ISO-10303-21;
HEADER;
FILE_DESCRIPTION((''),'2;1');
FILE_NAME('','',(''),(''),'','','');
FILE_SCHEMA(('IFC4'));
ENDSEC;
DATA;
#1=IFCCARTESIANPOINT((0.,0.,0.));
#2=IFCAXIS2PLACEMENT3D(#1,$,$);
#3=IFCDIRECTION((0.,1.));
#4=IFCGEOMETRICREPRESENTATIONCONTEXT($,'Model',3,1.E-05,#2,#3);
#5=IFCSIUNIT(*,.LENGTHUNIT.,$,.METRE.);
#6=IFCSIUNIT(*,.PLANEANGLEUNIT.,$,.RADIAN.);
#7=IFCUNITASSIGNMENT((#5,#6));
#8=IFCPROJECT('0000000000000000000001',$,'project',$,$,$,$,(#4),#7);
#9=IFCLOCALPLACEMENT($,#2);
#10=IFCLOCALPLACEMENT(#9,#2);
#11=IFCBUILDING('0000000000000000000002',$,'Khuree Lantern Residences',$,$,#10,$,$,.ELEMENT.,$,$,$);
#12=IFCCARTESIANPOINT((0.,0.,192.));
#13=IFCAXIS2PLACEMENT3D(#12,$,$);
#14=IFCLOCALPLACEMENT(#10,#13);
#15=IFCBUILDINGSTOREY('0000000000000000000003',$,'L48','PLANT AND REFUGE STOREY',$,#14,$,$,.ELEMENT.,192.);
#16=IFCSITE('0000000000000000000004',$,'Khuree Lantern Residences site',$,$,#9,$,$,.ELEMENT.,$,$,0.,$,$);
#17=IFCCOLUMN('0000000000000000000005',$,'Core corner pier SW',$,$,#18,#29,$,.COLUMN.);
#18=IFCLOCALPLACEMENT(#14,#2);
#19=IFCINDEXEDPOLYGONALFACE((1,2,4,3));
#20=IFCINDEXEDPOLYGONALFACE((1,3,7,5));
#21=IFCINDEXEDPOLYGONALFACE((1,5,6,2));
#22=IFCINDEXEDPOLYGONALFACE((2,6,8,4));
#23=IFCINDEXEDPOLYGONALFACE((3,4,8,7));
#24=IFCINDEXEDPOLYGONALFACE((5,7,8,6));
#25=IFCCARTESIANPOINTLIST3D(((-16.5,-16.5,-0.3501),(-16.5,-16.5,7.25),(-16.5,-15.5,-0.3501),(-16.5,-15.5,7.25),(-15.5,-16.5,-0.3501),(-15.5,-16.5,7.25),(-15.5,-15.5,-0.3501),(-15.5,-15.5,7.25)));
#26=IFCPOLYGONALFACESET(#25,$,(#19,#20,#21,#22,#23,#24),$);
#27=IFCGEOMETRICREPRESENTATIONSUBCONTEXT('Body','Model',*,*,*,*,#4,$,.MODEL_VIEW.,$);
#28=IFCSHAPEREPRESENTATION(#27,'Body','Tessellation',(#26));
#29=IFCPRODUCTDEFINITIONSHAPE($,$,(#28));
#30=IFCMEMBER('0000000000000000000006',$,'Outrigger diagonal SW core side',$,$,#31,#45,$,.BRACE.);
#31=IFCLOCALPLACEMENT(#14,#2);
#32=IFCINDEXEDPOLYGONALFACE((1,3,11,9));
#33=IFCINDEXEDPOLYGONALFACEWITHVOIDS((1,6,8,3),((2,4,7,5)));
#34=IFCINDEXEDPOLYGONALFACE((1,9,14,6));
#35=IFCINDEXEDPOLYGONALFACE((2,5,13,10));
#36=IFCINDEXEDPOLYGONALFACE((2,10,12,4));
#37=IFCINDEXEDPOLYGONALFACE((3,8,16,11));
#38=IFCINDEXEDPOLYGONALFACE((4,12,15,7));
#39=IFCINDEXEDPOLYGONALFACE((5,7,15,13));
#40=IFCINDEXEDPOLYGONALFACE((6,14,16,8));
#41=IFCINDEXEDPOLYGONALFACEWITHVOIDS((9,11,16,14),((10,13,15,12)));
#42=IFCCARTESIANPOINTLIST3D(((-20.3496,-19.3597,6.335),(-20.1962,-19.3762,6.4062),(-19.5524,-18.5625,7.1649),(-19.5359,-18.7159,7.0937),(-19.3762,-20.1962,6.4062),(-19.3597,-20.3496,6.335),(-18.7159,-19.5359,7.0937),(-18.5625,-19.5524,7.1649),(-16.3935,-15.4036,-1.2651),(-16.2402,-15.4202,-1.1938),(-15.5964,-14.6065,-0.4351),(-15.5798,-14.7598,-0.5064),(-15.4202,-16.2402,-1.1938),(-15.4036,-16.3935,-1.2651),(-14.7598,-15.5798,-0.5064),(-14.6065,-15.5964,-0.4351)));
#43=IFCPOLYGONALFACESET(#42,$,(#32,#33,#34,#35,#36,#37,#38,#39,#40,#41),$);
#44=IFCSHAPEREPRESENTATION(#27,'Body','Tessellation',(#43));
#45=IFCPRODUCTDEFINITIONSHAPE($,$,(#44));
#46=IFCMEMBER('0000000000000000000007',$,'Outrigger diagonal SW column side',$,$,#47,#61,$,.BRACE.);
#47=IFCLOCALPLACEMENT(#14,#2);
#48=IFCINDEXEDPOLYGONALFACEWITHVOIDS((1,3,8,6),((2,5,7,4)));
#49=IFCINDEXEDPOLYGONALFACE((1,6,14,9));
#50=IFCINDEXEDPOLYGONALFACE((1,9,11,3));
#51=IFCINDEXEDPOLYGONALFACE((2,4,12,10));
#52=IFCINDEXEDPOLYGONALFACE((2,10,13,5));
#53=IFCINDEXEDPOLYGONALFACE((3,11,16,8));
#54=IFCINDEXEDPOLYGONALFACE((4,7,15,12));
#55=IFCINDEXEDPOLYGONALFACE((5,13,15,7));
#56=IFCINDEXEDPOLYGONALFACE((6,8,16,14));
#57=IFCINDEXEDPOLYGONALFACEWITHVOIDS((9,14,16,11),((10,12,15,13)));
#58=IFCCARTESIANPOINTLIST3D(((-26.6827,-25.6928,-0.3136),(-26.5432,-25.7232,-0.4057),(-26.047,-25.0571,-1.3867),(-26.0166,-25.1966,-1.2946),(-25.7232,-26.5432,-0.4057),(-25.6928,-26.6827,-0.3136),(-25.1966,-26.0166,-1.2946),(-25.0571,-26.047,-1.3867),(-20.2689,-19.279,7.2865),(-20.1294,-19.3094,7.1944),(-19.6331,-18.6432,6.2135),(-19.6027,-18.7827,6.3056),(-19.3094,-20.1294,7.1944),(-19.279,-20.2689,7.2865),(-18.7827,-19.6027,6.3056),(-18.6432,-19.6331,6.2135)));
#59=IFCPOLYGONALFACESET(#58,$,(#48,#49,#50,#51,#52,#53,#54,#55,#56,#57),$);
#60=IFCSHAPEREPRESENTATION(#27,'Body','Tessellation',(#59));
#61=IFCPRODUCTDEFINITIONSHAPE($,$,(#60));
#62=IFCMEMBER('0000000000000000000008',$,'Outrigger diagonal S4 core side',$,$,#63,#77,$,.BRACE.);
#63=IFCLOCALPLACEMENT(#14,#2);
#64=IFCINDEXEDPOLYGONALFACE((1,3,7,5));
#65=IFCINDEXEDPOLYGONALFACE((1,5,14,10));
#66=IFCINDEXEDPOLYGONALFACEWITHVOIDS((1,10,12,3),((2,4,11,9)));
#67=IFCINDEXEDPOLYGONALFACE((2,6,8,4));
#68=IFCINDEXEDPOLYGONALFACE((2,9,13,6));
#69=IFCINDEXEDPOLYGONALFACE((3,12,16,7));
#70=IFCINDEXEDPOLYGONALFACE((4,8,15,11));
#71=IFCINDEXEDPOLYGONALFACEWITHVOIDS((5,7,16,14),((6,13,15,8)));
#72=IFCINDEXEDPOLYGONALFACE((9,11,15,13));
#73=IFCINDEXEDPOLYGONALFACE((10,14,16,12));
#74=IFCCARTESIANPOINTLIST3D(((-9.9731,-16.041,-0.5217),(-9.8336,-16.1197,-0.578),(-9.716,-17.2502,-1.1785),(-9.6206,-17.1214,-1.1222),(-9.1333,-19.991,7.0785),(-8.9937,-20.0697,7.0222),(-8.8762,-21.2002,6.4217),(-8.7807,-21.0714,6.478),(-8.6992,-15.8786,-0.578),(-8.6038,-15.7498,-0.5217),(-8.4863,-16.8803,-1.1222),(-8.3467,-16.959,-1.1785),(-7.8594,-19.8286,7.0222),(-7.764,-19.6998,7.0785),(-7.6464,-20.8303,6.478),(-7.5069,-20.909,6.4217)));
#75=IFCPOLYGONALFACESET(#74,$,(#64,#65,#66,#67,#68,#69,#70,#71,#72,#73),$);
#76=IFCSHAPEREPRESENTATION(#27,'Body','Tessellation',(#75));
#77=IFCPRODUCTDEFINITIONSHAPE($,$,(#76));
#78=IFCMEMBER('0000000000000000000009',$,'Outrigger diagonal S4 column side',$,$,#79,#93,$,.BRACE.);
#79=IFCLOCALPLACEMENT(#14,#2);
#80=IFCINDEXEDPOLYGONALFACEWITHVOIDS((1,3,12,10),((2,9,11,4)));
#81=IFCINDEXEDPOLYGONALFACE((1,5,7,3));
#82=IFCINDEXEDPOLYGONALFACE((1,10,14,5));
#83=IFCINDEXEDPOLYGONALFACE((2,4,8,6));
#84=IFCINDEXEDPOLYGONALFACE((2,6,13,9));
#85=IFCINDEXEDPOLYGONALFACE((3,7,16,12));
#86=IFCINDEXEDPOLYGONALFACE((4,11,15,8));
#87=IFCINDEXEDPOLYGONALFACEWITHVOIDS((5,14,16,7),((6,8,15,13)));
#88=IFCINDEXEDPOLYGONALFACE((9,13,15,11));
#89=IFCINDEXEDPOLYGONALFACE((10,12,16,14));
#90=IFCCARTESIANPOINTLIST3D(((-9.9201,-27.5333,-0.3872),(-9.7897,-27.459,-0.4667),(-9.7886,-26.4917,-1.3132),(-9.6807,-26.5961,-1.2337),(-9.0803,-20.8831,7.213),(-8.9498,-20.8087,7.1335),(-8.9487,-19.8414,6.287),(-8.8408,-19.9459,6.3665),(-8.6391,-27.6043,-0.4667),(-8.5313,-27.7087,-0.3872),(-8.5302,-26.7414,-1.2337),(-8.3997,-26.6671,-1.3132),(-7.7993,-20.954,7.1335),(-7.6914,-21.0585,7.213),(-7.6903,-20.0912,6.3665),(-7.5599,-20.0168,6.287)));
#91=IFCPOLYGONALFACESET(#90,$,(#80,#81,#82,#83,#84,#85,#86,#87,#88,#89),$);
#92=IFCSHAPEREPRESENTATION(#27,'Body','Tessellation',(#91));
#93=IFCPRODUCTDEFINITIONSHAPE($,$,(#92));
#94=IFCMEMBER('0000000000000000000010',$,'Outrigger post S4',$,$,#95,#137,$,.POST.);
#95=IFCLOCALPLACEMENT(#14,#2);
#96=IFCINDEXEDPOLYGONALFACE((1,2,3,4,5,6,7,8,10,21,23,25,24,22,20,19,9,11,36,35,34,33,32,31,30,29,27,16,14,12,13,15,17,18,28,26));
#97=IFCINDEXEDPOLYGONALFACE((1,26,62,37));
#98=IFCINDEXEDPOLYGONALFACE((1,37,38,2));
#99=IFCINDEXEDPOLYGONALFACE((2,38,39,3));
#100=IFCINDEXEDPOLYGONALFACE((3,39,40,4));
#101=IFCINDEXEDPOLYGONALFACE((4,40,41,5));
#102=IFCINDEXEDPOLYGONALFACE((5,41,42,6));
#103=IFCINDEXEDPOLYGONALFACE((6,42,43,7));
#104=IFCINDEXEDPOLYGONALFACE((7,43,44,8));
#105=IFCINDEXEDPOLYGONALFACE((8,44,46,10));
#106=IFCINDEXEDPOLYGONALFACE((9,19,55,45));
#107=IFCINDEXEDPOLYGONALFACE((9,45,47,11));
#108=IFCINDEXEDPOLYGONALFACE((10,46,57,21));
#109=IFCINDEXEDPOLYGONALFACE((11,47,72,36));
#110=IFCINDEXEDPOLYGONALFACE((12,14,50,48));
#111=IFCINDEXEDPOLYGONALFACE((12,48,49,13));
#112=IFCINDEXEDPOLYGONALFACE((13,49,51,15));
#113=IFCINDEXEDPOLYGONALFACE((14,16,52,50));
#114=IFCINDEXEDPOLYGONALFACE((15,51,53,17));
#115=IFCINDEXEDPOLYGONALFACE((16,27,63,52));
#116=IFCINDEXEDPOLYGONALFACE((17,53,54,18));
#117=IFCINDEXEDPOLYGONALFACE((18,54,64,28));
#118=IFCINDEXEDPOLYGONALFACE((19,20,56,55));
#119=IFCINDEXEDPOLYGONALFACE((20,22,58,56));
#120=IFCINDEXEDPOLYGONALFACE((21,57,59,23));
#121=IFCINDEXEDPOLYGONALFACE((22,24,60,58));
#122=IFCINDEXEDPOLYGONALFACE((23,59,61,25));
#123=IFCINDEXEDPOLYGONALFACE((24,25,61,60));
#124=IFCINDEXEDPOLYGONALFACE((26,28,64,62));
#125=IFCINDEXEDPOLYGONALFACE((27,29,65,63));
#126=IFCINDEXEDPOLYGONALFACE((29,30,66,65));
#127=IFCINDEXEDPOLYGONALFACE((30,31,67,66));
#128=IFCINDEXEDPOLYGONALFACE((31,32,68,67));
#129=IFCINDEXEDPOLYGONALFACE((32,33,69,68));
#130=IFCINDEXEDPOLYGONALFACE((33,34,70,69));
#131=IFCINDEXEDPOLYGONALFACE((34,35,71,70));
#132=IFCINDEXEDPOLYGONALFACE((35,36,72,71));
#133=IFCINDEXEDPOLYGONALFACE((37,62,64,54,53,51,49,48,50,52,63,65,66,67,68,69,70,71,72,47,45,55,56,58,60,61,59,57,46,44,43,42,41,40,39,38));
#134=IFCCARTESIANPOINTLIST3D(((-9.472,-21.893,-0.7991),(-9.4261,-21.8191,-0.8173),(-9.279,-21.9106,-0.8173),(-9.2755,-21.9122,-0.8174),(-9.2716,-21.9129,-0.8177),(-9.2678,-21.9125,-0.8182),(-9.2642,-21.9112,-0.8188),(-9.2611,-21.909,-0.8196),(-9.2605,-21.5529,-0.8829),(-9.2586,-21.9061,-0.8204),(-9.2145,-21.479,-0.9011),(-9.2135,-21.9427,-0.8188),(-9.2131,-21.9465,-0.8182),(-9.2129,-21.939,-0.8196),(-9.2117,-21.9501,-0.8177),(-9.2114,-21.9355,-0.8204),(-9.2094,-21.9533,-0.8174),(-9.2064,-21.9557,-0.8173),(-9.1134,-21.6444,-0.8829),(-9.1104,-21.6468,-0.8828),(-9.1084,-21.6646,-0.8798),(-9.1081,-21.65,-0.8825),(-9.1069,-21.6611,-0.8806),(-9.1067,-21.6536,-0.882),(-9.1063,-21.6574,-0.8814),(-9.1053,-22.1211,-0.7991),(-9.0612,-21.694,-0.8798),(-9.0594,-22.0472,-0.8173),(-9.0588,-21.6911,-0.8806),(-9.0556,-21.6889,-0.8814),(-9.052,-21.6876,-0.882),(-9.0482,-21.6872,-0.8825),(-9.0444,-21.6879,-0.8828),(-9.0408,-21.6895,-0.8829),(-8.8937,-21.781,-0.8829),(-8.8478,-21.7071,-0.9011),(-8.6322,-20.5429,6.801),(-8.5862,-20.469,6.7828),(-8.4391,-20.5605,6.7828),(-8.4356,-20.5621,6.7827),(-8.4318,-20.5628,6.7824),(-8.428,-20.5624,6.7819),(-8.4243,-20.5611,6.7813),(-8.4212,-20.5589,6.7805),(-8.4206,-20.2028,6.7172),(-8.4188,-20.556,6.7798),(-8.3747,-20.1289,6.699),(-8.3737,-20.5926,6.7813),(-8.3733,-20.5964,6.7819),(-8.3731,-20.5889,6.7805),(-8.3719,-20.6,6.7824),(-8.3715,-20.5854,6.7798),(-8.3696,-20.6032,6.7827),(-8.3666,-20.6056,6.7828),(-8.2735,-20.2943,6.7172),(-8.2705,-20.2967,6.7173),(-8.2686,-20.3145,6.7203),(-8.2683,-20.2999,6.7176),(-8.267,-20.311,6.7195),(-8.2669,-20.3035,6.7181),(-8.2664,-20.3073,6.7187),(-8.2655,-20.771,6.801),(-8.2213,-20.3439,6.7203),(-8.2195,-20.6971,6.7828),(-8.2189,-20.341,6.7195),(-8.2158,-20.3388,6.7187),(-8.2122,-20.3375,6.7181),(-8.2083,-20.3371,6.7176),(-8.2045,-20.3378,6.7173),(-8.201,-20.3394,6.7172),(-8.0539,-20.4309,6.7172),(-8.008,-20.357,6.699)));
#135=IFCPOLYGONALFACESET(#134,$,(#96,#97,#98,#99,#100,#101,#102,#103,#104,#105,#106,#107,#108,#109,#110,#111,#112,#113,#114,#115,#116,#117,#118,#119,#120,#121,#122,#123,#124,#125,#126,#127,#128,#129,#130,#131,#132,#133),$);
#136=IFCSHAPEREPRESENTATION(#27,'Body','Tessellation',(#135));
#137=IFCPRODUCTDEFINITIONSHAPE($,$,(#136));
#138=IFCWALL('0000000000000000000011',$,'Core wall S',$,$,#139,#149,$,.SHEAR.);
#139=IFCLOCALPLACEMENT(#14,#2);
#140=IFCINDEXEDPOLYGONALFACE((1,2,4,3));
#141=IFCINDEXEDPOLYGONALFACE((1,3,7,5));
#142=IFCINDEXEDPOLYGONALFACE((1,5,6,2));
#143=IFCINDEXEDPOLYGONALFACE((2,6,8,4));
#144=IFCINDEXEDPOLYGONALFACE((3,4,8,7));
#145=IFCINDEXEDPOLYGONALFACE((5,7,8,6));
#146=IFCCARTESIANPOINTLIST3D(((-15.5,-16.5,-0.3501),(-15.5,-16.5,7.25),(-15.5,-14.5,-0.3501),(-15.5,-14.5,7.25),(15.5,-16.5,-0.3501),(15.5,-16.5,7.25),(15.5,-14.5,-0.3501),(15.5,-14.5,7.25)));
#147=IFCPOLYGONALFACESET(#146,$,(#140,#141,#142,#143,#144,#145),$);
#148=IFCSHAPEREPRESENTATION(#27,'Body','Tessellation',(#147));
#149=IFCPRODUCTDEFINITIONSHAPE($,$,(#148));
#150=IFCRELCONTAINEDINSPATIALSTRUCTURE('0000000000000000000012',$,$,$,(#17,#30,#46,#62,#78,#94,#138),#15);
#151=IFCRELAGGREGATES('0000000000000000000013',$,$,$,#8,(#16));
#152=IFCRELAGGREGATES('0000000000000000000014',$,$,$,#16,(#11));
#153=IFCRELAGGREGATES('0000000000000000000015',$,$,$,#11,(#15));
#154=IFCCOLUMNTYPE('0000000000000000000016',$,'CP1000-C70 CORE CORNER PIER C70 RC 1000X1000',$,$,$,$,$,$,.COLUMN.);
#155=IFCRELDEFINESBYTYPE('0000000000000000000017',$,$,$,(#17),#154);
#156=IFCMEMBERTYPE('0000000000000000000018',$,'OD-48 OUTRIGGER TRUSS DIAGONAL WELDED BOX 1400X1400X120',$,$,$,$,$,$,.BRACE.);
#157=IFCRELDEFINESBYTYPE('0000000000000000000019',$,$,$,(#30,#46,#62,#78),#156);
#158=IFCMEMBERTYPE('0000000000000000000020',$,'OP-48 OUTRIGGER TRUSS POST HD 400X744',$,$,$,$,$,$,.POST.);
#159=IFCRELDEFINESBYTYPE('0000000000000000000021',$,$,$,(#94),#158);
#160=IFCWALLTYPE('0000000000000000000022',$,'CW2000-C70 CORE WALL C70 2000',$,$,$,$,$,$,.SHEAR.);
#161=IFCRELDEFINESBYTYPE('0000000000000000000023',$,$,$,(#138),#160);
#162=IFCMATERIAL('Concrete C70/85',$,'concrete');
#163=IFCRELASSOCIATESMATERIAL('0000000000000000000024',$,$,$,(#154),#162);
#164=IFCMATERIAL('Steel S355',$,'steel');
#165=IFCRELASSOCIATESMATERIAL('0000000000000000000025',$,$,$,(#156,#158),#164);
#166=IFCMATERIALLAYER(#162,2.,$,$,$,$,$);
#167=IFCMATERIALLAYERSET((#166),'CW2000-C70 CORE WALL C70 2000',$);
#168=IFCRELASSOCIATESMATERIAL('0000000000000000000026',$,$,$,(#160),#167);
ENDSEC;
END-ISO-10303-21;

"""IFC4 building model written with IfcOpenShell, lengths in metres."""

from ifc_helpers import new_model, si_unit, direction, frame, frame_2d, origin, origin_2d, place, context, subcontext, project, spatial, rectangle, hollow_rectangle, i_section, extrude, material, layer, layer_set, material_profile, profile_set, type_object, element, save


model = new_model("IFC4")

# Units and contexts
model_context = context("Model", 3, precision=1e-05, world=origin(), true_north=direction((0.0, 1.0)))
body_context = subcontext(model_context, "Body", "Model", "MODEL_VIEW")
ifc_project = project(units=[si_unit("LENGTHUNIT", "METRE"), si_unit("PLANEANGLEUNIT", "RADIAN")], contexts=[model_context])

# Site, building, storey
site_placement = place(None, origin())
site = spatial("IfcSite", under=ifc_project, at=site_placement, Name="Khuree Lantern Residences site", CompositionType="ELEMENT", RefElevation=0.0)
building_placement = place(site_placement, origin())
building = spatial("IfcBuilding", under=site, at=building_placement, Name="Khuree Lantern Residences", CompositionType="ELEMENT")
storey_placement = place(building_placement, frame((0.0, 0.0, 192.0)))
storey = spatial("IfcBuildingStorey", under=building, at=storey_placement, Name="L48", Description="PLANT AND REFUGE STOREY", CompositionType="ELEMENT", Elevation=192.0)

# Column
ifc_material_1 = material(Name="Concrete C70/85", Category="concrete")
ifc_material_profile_1 = material_profile(ifc_material_1, rectangle(XDim=1.0, YDim=1.0, at=origin_2d()), Name="RC 1000X1000")
ifc_profile_set_1 = profile_set([ifc_material_profile_1], Name="Concrete C70/85")
column_type = type_object("IfcColumnType", Name="CP1000-C70 CORE CORNER PIER C70 RC 1000X1000", PredefinedType="COLUMN", material=ifc_profile_set_1)
column_placement = place(storey_placement, frame((-16.0, -16.0, -0.3501), z_axis=(0.0, 0.0, 1.0), x_axis=(1.0, 0.0, 0.0)))
element("IfcColumn", 1, at=column_placement, inside=storey, type_object=column_type, Name="Core corner pier SW", PredefinedType="COLUMN", context=body_context, shape_type="SweptSolid", body=[
    extrude(rectangle(XDim=1.0, YDim=1.0, at=origin_2d()), origin(), (0.0, 0.0, 1.0), 7.6001),
])

# Members
ifc_material_2 = material(Name="Steel S355", Category="steel")
ifc_material_profile_2 = material_profile(ifc_material_2, hollow_rectangle(XDim=1.3999, YDim=1.3999, WallThickness=0.1201, at=origin_2d()), Name="WELDED BOX 1400X1400X120")
ifc_profile_set_2 = profile_set([ifc_material_profile_2], Name="Steel S355")
member_type_1 = type_object("IfcMemberType", Name="OD-48 OUTRIGGER TRUSS DIAGONAL WELDED BOX 1400X1400X120", PredefinedType="BRACE", material=ifc_profile_set_2)
member_1_placement = place(storey_placement, frame((-15.5, -15.5, -0.8501), z_axis=(-0.419194, -0.419194, 0.805327), x_axis=(0.707107, -0.707107, 0.0)))
element("IfcMember", 2, at=member_1_placement, inside=storey, type_object=member_type_1, Name="Outrigger diagonal SW core side", PredefinedType="BRACE", context=body_context, shape_type="SweptSolid", body=[
    extrude(hollow_rectangle(XDim=1.3999, YDim=1.3999, WallThickness=0.1201, at=origin_2d()), origin(), (0.0, 0.0, 1.0), 9.4373),
])
member_2_placement = place(storey_placement, frame((-19.4561, -19.4561, 6.75), z_axis=(-0.541998, -0.541998, -0.642244), x_axis=(0.707107, -0.707107, 0.0)))
element("IfcMember", 3, at=member_2_placement, inside=storey, type_object=member_type_1, Name="Outrigger diagonal SW column side", PredefinedType="BRACE", context=body_context, shape_type="SweptSolid", body=[
    extrude(hollow_rectangle(XDim=1.3999, YDim=1.3999, WallThickness=0.1201, at=origin_2d()), origin(), (0.0, 0.0, 1.0), 11.8337),
])
member_3_placement = place(storey_placement, frame((-9.1599, -16.5, -0.8501), z_axis=(0.097584, -0.458959, 0.883082), x_axis=(0.978135, 0.207972, 0.0)))
element("IfcMember", 4, at=member_3_placement, inside=storey, type_object=member_type_1, Name="Outrigger diagonal S4 core side", PredefinedType="BRACE", context=body_context, shape_type="SweptSolid", body=[
    extrude(hollow_rectangle(XDim=1.3999, YDim=1.3999, WallThickness=0.1201, at=origin_2d()), origin(), (0.0, 0.0, 1.0), 8.6064),
])
member_4_placement = place(storey_placement, frame((-8.3201, -20.45, 6.75), z_axis=(-0.082877, -0.656243, -0.749985), x_axis=(0.99212, -0.125294, 0.0)))
element("IfcMember", 5, at=member_4_placement, inside=storey, type_object=member_type_1, Name="Outrigger diagonal S4 column side", PredefinedType="BRACE", context=body_context, shape_type="SweptSolid", body=[
    extrude(hollow_rectangle(XDim=1.3999, YDim=1.3999, WallThickness=0.1201, at=origin_2d()), origin(), (0.0, 0.0, 1.0), 10.1338),
])
ifc_material_profile_3 = material_profile(ifc_material_2, i_section(OverallWidth=0.4319, OverallDepth=0.498, WebThickness=0.0557, FlangeThickness=0.0889, FilletRadius=0.0149, at=origin_2d()), Name="HD 400X744")
ifc_profile_set_3 = profile_set([ifc_material_profile_3], Name="Steel S355")
member_type_2 = type_object("IfcMemberType", Name="OP-48 OUTRIGGER TRUSS POST HD 400X744", PredefinedType="POST", material=ifc_profile_set_3)
member_5_placement = place(storey_placement, frame((-9.1599, -21.8, -0.8501), z_axis=(0.108163, 0.173878, 0.978809), x_axis=(-0.849118, 0.528203, 0.0)))
element("IfcMember", 6, at=member_5_placement, inside=storey, type_object=member_type_2, Name="Outrigger post S4", PredefinedType="POST", context=body_context, shape_type="SweptSolid", body=[
    extrude(i_section(OverallWidth=0.4319, OverallDepth=0.498, WebThickness=0.0557, FlangeThickness=0.0889, FilletRadius=0.0149, at=origin_2d()), origin(), (0.0, 0.0, 1.0), 7.7646),
])

# Wall
ifc_layer_1 = layer(ifc_material_1, 2.0)
ifc_layer_set_1 = layer_set([ifc_layer_1], Name="CW2000-C70 CORE WALL C70 2000")
wall_type_1 = type_object("IfcWallType", Name="CW2000-C70 CORE WALL C70 2000", PredefinedType="SHEAR", material=ifc_layer_set_1)
wall_1_placement = place(storey_placement, frame((-15.5, -15.5, -0.3501), z_axis=(0.0, 0.0, 1.0), x_axis=(1.0, 0.0, 0.0)))
element("IfcWall", 7, at=wall_1_placement, inside=storey, type_object=wall_type_1, Name="Core wall S", PredefinedType="SHEAR", context=body_context, shape_type="SweptSolid", body=[
    extrude(rectangle(XDim=31.0, YDim=2.0, at=frame_2d((15.5, 0.0))), origin(), (0.0, 0.0, 1.0), 7.6001),
])

save(model, "model.ifc")
